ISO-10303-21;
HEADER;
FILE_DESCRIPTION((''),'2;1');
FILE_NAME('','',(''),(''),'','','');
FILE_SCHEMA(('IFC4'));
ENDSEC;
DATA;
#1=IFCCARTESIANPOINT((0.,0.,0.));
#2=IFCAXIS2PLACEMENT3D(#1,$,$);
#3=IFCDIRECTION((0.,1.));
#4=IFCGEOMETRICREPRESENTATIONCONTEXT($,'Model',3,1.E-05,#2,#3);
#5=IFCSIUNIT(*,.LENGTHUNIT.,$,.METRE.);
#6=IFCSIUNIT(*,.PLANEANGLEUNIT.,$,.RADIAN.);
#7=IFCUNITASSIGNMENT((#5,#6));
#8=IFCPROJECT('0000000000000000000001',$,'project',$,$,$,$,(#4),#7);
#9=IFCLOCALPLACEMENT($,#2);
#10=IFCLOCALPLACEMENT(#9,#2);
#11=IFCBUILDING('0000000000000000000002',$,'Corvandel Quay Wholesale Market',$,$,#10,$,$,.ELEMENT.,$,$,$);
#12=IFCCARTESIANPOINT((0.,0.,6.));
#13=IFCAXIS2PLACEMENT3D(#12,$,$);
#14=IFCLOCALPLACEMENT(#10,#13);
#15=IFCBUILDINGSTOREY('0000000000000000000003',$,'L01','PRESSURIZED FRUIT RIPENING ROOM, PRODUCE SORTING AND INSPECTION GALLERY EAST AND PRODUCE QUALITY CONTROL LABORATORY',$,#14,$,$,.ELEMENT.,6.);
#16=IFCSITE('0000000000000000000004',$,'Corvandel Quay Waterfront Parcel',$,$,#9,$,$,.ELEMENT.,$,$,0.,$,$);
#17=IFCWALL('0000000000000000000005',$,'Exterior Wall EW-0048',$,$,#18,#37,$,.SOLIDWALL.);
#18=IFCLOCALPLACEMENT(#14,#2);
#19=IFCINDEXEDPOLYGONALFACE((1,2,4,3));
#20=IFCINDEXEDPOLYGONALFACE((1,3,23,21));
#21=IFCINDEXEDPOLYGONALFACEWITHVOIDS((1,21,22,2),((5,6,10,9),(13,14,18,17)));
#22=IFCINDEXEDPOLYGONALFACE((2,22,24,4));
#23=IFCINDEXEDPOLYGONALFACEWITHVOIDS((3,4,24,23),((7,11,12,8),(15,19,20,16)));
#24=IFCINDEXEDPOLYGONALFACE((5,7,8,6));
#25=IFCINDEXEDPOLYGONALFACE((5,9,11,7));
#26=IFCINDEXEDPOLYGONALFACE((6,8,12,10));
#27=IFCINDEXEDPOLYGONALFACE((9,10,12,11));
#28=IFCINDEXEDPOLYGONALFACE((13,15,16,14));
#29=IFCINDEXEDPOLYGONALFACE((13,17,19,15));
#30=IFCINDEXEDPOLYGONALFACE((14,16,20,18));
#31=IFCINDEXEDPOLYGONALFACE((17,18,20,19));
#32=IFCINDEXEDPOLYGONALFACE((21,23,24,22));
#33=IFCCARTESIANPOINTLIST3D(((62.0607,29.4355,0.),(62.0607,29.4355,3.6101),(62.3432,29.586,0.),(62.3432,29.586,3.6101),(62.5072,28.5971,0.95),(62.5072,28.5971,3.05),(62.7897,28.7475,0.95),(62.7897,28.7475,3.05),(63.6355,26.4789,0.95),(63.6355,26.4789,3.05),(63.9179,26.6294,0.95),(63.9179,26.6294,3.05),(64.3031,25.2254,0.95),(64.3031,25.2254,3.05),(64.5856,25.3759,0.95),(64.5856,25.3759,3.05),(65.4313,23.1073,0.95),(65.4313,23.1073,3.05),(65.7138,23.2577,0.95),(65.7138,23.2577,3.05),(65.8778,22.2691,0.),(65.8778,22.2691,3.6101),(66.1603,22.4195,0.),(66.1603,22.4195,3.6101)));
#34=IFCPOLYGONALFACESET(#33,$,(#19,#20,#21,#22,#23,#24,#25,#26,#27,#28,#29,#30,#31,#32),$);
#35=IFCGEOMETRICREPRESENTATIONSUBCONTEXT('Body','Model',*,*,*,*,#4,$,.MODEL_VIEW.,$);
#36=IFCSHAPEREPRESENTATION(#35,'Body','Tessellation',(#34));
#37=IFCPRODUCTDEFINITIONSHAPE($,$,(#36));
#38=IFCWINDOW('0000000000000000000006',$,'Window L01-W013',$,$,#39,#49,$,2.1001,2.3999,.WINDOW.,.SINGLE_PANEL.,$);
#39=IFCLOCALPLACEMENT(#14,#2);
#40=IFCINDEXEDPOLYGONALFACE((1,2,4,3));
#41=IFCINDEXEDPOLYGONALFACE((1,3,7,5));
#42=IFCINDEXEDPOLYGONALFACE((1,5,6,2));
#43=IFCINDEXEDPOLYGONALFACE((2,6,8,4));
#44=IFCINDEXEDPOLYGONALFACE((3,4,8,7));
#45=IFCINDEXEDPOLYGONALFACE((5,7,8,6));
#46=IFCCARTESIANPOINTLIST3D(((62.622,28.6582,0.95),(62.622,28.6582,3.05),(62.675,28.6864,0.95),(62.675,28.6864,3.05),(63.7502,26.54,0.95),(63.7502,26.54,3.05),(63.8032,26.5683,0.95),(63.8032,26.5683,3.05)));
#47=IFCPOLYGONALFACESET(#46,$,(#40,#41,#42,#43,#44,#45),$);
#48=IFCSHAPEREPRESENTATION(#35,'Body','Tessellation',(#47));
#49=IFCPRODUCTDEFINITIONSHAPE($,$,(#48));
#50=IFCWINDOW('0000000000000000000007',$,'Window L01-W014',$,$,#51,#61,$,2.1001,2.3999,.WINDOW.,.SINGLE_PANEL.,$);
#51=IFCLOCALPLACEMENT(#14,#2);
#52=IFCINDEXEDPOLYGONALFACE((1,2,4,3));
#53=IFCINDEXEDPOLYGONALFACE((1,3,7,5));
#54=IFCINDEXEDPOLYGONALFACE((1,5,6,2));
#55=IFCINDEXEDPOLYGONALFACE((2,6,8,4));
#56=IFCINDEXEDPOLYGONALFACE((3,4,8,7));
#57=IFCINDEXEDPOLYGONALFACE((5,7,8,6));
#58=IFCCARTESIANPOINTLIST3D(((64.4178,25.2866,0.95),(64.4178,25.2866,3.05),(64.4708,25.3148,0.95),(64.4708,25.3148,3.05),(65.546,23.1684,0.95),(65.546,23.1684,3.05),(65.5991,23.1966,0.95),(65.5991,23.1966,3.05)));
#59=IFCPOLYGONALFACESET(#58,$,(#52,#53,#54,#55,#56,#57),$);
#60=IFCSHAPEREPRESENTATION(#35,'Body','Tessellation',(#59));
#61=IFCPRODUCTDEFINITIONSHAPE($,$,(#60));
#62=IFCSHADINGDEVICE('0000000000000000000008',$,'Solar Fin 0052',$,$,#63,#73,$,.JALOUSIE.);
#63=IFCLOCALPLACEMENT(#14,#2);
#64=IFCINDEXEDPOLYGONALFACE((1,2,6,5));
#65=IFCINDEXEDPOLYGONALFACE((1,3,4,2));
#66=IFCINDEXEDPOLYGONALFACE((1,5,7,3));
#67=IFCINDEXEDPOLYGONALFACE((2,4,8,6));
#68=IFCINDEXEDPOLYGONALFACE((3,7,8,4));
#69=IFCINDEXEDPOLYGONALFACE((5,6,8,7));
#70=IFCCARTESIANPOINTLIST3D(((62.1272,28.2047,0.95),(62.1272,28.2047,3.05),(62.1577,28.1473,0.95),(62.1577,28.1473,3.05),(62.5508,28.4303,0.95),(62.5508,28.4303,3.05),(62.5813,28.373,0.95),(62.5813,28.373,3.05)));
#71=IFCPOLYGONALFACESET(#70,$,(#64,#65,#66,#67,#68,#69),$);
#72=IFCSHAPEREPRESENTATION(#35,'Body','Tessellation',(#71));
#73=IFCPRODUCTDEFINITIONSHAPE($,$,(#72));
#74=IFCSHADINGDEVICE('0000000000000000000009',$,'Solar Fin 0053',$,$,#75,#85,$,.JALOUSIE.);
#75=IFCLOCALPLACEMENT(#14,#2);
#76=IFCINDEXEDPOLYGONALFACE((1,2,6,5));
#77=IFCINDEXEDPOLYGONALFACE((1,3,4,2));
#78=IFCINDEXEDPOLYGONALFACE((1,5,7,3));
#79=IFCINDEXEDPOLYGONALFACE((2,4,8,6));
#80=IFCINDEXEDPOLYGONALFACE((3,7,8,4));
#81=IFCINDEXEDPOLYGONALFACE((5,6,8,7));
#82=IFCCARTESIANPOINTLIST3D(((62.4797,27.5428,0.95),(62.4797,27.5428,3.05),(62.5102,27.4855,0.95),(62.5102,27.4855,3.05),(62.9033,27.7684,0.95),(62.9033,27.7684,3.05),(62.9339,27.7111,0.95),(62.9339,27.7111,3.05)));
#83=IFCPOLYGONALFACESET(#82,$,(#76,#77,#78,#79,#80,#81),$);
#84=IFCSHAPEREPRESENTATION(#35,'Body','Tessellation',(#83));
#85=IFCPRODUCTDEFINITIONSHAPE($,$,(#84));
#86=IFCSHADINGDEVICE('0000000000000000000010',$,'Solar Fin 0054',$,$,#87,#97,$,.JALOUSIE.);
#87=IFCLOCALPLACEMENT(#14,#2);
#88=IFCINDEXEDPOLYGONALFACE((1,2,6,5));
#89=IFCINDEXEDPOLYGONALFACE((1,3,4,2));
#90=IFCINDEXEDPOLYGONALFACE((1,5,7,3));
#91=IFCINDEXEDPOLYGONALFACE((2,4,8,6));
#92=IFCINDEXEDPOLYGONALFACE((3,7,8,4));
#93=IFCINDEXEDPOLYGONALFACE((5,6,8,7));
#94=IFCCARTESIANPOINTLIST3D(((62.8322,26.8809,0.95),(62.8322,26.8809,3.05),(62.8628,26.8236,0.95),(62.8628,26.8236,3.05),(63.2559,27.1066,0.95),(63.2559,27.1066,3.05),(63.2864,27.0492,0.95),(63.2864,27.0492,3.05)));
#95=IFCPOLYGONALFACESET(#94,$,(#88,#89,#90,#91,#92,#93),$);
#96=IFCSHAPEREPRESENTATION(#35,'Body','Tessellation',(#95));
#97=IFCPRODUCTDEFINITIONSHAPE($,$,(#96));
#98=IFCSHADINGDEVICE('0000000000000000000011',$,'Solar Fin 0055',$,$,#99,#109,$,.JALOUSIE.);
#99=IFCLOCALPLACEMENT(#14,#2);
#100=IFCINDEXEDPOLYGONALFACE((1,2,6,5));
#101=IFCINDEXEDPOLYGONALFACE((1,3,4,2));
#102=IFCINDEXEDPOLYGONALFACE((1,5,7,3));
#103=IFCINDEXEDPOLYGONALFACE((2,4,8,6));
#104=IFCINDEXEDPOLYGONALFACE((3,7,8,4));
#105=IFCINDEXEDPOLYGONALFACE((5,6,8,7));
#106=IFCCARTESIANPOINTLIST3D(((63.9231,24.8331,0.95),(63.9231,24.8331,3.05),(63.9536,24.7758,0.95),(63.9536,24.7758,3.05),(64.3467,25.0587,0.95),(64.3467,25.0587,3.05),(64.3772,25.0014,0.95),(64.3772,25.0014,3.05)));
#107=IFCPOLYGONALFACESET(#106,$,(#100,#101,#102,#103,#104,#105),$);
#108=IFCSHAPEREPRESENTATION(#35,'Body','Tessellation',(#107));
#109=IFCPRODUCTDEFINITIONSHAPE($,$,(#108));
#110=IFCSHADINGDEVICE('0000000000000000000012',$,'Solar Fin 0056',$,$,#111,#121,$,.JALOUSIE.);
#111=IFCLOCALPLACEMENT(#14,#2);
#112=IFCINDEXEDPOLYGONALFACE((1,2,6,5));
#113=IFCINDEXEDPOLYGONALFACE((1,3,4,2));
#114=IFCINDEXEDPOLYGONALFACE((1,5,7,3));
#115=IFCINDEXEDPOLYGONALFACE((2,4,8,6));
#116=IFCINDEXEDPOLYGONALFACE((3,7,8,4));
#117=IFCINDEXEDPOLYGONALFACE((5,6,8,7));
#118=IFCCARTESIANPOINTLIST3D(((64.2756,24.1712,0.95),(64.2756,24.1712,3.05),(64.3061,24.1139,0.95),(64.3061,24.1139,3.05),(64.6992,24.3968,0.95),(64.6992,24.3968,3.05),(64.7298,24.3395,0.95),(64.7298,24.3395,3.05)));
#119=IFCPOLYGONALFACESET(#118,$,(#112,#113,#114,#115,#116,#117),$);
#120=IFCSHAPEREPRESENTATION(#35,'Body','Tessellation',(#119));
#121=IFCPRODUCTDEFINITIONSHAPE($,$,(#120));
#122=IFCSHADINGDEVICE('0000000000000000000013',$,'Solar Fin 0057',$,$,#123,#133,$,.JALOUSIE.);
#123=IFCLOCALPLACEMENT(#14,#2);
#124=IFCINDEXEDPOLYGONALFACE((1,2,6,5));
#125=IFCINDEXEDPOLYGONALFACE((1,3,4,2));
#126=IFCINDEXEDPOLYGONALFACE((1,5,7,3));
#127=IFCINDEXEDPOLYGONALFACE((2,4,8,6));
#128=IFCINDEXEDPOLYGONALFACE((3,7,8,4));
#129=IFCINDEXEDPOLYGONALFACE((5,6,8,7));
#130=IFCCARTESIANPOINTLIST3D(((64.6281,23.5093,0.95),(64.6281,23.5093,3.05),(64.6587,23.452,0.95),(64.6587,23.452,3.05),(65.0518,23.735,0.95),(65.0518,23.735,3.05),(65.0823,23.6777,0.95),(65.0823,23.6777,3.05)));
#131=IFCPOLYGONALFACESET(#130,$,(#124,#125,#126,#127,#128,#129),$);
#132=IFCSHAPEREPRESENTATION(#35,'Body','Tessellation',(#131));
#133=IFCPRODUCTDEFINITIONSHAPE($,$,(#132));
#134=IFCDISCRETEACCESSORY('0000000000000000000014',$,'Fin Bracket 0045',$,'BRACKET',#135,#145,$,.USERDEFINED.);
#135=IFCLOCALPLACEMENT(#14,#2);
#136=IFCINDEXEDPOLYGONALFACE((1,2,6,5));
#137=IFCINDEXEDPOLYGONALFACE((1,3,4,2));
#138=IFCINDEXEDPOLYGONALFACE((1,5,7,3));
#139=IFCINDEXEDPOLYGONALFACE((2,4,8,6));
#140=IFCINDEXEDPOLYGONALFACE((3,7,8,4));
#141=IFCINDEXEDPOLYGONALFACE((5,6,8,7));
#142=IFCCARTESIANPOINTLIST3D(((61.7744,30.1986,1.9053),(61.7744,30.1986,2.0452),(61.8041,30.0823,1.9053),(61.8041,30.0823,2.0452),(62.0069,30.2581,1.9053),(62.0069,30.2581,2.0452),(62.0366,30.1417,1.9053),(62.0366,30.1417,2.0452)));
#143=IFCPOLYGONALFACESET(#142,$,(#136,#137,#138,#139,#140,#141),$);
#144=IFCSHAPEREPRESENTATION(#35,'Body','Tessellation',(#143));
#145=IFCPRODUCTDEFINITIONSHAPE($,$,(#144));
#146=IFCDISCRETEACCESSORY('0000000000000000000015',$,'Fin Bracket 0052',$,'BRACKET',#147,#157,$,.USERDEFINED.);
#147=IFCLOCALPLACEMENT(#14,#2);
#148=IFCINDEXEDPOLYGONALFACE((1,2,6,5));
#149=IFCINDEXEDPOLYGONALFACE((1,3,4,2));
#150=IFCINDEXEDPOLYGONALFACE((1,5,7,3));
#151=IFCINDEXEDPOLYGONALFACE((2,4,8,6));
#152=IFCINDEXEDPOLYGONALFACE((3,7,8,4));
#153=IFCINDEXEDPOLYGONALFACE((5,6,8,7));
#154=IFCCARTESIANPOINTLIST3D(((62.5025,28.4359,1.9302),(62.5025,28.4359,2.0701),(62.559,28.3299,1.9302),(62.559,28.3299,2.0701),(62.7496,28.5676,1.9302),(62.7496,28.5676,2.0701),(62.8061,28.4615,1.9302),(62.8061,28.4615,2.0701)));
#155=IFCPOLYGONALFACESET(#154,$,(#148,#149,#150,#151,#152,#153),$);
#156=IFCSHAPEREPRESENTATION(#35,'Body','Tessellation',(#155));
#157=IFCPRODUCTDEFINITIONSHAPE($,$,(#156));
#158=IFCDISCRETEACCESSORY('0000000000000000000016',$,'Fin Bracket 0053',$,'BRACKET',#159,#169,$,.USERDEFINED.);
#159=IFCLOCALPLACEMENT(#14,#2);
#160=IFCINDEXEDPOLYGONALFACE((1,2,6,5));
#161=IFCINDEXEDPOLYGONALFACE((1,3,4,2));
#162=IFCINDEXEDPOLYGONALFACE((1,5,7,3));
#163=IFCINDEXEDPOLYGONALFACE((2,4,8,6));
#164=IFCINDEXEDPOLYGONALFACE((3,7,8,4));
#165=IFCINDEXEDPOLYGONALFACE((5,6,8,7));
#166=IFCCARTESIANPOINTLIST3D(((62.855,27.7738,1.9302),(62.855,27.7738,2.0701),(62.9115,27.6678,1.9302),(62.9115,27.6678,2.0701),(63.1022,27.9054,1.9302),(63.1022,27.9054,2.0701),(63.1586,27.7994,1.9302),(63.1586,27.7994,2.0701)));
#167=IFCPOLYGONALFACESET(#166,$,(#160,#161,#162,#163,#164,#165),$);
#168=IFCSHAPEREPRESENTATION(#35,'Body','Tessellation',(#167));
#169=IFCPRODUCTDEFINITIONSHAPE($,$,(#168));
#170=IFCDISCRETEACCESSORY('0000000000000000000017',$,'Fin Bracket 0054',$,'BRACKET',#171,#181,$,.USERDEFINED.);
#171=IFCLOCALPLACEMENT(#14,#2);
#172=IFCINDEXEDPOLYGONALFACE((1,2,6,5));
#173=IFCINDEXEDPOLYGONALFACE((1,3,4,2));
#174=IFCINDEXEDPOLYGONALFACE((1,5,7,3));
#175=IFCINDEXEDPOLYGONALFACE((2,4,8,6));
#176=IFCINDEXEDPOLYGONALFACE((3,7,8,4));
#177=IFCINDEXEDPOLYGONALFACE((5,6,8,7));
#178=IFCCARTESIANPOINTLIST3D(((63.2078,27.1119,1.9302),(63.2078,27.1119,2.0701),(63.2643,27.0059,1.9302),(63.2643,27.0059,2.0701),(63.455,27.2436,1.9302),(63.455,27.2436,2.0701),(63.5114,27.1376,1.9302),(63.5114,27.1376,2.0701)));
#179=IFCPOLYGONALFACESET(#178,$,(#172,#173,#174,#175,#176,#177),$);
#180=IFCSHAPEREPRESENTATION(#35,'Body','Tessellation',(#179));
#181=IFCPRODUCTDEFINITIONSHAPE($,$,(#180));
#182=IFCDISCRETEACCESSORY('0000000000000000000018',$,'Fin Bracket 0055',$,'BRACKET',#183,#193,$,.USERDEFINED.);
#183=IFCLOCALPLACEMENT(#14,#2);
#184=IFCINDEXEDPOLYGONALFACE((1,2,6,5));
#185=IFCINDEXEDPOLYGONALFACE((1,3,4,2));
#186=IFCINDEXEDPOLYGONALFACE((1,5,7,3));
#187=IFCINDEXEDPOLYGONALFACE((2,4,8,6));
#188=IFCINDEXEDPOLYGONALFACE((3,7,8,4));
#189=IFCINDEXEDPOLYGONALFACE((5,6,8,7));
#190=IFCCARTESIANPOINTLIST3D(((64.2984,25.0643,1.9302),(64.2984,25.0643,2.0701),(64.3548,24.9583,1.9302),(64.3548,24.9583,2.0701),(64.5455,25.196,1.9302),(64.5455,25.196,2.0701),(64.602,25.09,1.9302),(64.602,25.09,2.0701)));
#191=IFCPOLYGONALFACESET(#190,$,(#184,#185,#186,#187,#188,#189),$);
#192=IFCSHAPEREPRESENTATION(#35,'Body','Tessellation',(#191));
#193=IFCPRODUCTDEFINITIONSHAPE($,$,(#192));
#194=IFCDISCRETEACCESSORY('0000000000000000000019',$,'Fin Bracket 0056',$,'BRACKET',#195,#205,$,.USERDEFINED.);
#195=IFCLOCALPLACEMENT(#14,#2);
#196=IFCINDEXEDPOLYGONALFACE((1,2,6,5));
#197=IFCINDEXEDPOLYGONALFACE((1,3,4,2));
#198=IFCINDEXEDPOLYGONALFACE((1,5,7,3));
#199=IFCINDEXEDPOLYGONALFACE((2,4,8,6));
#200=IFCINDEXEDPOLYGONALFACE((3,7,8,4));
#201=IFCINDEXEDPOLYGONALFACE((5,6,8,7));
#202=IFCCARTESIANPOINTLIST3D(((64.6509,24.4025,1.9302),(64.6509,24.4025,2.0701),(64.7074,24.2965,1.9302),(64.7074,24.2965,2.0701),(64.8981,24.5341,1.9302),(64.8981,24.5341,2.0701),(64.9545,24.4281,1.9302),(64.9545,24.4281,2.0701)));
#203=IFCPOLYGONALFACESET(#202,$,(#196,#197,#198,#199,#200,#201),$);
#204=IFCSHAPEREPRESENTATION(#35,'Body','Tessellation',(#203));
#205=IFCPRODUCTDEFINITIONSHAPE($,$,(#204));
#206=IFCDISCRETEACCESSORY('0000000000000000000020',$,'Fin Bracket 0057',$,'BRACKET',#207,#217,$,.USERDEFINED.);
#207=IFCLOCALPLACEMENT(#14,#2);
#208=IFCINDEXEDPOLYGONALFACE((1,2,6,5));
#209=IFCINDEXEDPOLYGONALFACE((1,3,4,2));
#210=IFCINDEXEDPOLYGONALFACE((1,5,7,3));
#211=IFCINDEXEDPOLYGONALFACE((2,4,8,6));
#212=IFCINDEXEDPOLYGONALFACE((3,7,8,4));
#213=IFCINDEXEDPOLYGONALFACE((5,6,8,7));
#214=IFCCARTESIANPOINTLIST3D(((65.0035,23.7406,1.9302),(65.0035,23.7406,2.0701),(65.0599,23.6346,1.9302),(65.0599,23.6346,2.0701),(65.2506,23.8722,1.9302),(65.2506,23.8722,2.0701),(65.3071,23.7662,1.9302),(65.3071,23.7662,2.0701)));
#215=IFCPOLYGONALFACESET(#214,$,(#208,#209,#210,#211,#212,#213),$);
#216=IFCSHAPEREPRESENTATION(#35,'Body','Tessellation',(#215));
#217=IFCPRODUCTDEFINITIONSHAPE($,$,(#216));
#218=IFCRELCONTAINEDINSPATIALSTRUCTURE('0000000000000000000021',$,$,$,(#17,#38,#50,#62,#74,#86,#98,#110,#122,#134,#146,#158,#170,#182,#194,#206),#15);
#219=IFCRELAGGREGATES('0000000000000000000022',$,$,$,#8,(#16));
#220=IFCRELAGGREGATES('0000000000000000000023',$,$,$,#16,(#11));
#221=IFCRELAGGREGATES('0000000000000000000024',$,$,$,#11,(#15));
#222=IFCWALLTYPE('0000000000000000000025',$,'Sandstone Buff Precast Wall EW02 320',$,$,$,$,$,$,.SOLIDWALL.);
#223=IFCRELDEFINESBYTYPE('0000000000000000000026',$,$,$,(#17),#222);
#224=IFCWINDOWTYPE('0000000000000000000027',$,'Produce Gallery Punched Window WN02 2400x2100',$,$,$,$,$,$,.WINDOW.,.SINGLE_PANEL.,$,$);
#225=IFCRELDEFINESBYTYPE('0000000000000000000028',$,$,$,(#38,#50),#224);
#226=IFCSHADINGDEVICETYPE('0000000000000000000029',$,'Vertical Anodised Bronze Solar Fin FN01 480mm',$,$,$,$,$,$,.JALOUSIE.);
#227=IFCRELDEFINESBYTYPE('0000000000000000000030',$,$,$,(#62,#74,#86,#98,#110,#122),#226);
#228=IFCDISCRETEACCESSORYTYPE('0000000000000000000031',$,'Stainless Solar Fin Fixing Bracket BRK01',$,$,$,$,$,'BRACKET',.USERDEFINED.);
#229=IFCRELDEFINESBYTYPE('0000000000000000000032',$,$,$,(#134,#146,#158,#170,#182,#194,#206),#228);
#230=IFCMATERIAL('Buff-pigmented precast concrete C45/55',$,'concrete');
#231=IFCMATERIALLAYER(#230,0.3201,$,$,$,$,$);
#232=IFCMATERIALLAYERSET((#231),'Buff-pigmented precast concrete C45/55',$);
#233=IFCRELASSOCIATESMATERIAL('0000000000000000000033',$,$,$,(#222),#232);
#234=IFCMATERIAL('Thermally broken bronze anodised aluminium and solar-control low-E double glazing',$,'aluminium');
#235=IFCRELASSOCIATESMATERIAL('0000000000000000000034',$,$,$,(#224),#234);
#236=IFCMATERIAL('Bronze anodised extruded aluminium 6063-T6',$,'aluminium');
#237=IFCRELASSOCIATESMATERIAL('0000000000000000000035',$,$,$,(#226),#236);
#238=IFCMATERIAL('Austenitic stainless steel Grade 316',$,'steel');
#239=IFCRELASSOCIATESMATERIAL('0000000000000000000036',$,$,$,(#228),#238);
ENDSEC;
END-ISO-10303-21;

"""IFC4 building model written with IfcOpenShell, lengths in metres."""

from ifc_helpers import new_model, si_unit, direction, frame, frame_2d, origin, origin_2d, place, context, subcontext, project, spatial, rectangle, extrude, material, layer, layer_set, type_object, element, fill, save


model = new_model("IFC4")

# Units and contexts
model_context = context("Model", 3, precision=1e-05, world=origin(), true_north=direction((0.0, 1.0)))
body_context = subcontext(model_context, "Body", "Model", "MODEL_VIEW")
ifc_project = project(units=[si_unit("LENGTHUNIT", "METRE"), si_unit("PLANEANGLEUNIT", "RADIAN")], contexts=[model_context])

# Site, building, storey
site_placement = place(None, origin())
site = spatial("IfcSite", under=ifc_project, at=site_placement, Name="Corvandel Quay Waterfront Parcel", CompositionType="ELEMENT", RefElevation=0.0)
building_placement = place(site_placement, origin())
building = spatial("IfcBuilding", under=site, at=building_placement, Name="Corvandel Quay Wholesale Market", CompositionType="ELEMENT")
storey_placement = place(building_placement, frame((0.0, 0.0, 6.0)))
storey = spatial("IfcBuildingStorey", under=building, at=storey_placement, Name="L01", Description="PRESSURIZED FRUIT RIPENING ROOM, PRODUCE SORTING AND INSPECTION GALLERY EAST AND PRODUCE QUALITY CONTROL LABORATORY", CompositionType="ELEMENT", Elevation=6.0)

# Wall, openings, windows
ifc_material_1 = material(Name="Buff-pigmented precast concrete C45/55", Category="concrete")
ifc_layer_1 = layer(ifc_material_1, 0.3201)
ifc_layer_set_1 = layer_set([ifc_layer_1], Name="Buff-pigmented precast concrete C45/55")
wall_type_1 = type_object("IfcWallType", Name="Sandstone Buff Precast Wall EW02 320", PredefinedType="SOLIDWALL", material=ifc_layer_set_1)
wall_1_placement = place(storey_placement, frame((62.2019, 29.5107, 0.0), z_axis=(0.0, 0.0, 1.0), x_axis=(0.470109, -0.882608, 0.0)))
wall_1 = element("IfcWall", 1, at=wall_1_placement, inside=storey, type_object=wall_type_1, Name="Exterior Wall EW-0048", PredefinedType="SOLIDWALL", context=body_context, shape_type="SweptSolid", body=[
    extrude(rectangle(XDim=8.1196, YDim=0.3201, at=frame_2d((4.0598, 0.0))), origin(), (0.0, 0.0, 1.0), 3.6101),
])
opening_1_placement = place(wall_1_placement, frame((0.95, 0.0, 0.95)))
opening_1 = element("IfcOpeningElement", 2, at=opening_1_placement, cuts=wall_1, PredefinedType="OPENING", context=body_context, shape_type="SweptSolid", body=[
    extrude(rectangle(XDim=2.3999, YDim=2.1001, at=frame_2d((1.2, 1.05))), frame((0.0, 0.1699, 0.0), z_axis=(0.0, -1.0, 0.0), x_axis=(1.0, 0.0, 0.0)), (0.0, 0.0, 1.0), 0.3401),
])
opening_2_placement = place(wall_1_placement, frame((4.77, 0.0, 0.95)))
opening_2 = element("IfcOpeningElement", 3, at=opening_2_placement, cuts=wall_1, PredefinedType="OPENING", context=body_context, shape_type="SweptSolid", body=[
    extrude(rectangle(XDim=2.3999, YDim=2.1001, at=frame_2d((1.2, 1.05))), frame((0.0, 0.1699, 0.0), z_axis=(0.0, -1.0, 0.0), x_axis=(1.0, 0.0, 0.0)), (0.0, 0.0, 1.0), 0.3401),
])
ifc_material_2 = material(Name="Thermally broken bronze anodised aluminium and solar-control low-E double glazing", Category="aluminium")
window_type = type_object("IfcWindowType", Name="Produce Gallery Punched Window WN02 2400x2100", PartitioningType="SINGLE_PANEL", PredefinedType="WINDOW", material=ifc_material_2)
window_1_placement = place(opening_1_placement, origin())
window_1 = element("IfcWindow", 4, at=window_1_placement, inside=storey, type_object=window_type, Name="Window L01-W013", OverallHeight=2.1001, OverallWidth=2.3999, PartitioningType="SINGLE_PANEL", PredefinedType="WINDOW", context=body_context, shape_type="SweptSolid", body=[
    extrude(rectangle(XDim=2.3999, YDim=2.1001, at=frame_2d((1.2, 1.05))), frame((0.0, 0.03, 0.0), z_axis=(0.0, -1.0, 0.0), x_axis=(1.0, 0.0, 0.0)), (0.0, 0.0, 1.0), 0.0601),
])
fill(opening_1, window_1)
window_2_placement = place(opening_2_placement, origin())
window_2 = element("IfcWindow", 5, at=window_2_placement, inside=storey, type_object=window_type, Name="Window L01-W014", OverallHeight=2.1001, OverallWidth=2.3999, PartitioningType="SINGLE_PANEL", PredefinedType="WINDOW", context=body_context, shape_type="SweptSolid", body=[
    extrude(rectangle(XDim=2.3999, YDim=2.1001, at=frame_2d((1.2, 1.05))), frame((0.0, 0.03, 0.0), z_axis=(0.0, -1.0, 0.0), x_axis=(1.0, 0.0, 0.0)), (0.0, 0.0, 1.0), 0.0601),
])
fill(opening_2, window_2)

# Shading devices
ifc_material_3 = material(Name="Bronze anodised extruded aluminium 6063-T6", Category="aluminium")
shading_device_type = type_object("IfcShadingDeviceType", Name="Vertical Anodised Bronze Solar Fin FN01 480mm", PredefinedType="JALOUSIE", material=ifc_material_3)
for number, where, z_axis, x_axis, name in (
    (6, (62.3542, 28.2888, 0.95), (0.0, 0.0, 1.0), (0.88262, 0.470088, 0.0), "Solar Fin 0052"),
    (7, (62.7068, 27.627, 0.95), (0.0, 0.0, 1.0), (0.88262, 0.470088, 0.0), "Solar Fin 0053"),
    (8, (63.0593, 26.9651, 0.95), (0.0, 0.0, 1.0), (0.88262, 0.470088, 0.0), "Solar Fin 0054"),
    (9, (64.1501, 24.9172, 0.95), (0.0, 0.0, 1.0), (0.88262, 0.470088, 0.0), "Solar Fin 0055"),
    (10, (64.5027, 24.2554, 0.95), (0.0, 0.0, 1.0), (0.88262, 0.470088, 0.0), "Solar Fin 0056"),
    (11, (64.8552, 23.5935, 0.95), (0.0, 0.0, 1.0), (0.88262, 0.470088, 0.0), "Solar Fin 0057"),
):
    element("IfcShadingDevice", number, at=place(storey_placement, frame(where, z_axis=z_axis, x_axis=x_axis)), inside=storey, type_object=shading_device_type, Name=name, PredefinedType="JALOUSIE", context=body_context, shape_type="SweptSolid", body=[
        extrude(rectangle(XDim=0.48, YDim=0.0649, at=origin_2d()), origin(), (0.0, 0.0, 1.0), 2.1001),
    ])

# Discrete accessories
ifc_material_4 = material(Name="Austenitic stainless steel Grade 316", Category="steel")
discrete_accessory_type = type_object("IfcDiscreteAccessoryType", Name="Stainless Solar Fin Fixing Bracket BRK01", ElementType="BRACKET", PredefinedType="USERDEFINED", material=ifc_material_4)
discrete_accessory_placement = place(storey_placement, frame((61.9055, 30.1702, 1.9053), z_axis=(0.0, 0.0, 1.0), x_axis=(0.968843, 0.247675, 0.0)))
element("IfcDiscreteAccessory", 12, at=discrete_accessory_placement, inside=storey, type_object=discrete_accessory_type, Name="Fin Bracket 0045", ObjectType="BRACKET", PredefinedType="USERDEFINED", context=body_context, shape_type="SweptSolid", body=[
    extrude(rectangle(XDim=0.24, YDim=0.1201, at=origin_2d()), origin(), (0.0, 0.0, 1.0), 0.1399),
])
for number, where, z_axis, x_axis, name in (
    (13, (62.6543, 28.4487, 1.9302), (0.0, 0.0, 1.0), (0.88262, 0.470088, 0.0), "Fin Bracket 0052"),
    (14, (63.0068, 27.7866, 1.9302), (0.0, 0.0, 1.0), (0.88262, 0.470088, 0.0), "Fin Bracket 0053"),
    (15, (63.3596, 27.1248, 1.9302), (0.0, 0.0, 1.0), (0.88262, 0.470088, 0.0), "Fin Bracket 0054"),
    (16, (64.4502, 25.0771, 1.9302), (0.0, 0.0, 1.0), (0.88262, 0.470088, 0.0), "Fin Bracket 0055"),
    (17, (64.8027, 24.4153, 1.9302), (0.0, 0.0, 1.0), (0.88262, 0.470088, 0.0), "Fin Bracket 0056"),
    (18, (65.1553, 23.7534, 1.9302), (0.0, 0.0, 1.0), (0.88262, 0.470088, 0.0), "Fin Bracket 0057"),
):
    element("IfcDiscreteAccessory", number, at=place(storey_placement, frame(where, z_axis=z_axis, x_axis=x_axis)), inside=storey, type_object=discrete_accessory_type, Name=name, ObjectType="BRACKET", PredefinedType="USERDEFINED", context=body_context, shape_type="SweptSolid", body=[
        extrude(rectangle(XDim=0.28, YDim=0.1201, at=origin_2d()), origin(), (0.0, 0.0, 1.0), 0.1399),
    ])

save(model, "model.ifc")
